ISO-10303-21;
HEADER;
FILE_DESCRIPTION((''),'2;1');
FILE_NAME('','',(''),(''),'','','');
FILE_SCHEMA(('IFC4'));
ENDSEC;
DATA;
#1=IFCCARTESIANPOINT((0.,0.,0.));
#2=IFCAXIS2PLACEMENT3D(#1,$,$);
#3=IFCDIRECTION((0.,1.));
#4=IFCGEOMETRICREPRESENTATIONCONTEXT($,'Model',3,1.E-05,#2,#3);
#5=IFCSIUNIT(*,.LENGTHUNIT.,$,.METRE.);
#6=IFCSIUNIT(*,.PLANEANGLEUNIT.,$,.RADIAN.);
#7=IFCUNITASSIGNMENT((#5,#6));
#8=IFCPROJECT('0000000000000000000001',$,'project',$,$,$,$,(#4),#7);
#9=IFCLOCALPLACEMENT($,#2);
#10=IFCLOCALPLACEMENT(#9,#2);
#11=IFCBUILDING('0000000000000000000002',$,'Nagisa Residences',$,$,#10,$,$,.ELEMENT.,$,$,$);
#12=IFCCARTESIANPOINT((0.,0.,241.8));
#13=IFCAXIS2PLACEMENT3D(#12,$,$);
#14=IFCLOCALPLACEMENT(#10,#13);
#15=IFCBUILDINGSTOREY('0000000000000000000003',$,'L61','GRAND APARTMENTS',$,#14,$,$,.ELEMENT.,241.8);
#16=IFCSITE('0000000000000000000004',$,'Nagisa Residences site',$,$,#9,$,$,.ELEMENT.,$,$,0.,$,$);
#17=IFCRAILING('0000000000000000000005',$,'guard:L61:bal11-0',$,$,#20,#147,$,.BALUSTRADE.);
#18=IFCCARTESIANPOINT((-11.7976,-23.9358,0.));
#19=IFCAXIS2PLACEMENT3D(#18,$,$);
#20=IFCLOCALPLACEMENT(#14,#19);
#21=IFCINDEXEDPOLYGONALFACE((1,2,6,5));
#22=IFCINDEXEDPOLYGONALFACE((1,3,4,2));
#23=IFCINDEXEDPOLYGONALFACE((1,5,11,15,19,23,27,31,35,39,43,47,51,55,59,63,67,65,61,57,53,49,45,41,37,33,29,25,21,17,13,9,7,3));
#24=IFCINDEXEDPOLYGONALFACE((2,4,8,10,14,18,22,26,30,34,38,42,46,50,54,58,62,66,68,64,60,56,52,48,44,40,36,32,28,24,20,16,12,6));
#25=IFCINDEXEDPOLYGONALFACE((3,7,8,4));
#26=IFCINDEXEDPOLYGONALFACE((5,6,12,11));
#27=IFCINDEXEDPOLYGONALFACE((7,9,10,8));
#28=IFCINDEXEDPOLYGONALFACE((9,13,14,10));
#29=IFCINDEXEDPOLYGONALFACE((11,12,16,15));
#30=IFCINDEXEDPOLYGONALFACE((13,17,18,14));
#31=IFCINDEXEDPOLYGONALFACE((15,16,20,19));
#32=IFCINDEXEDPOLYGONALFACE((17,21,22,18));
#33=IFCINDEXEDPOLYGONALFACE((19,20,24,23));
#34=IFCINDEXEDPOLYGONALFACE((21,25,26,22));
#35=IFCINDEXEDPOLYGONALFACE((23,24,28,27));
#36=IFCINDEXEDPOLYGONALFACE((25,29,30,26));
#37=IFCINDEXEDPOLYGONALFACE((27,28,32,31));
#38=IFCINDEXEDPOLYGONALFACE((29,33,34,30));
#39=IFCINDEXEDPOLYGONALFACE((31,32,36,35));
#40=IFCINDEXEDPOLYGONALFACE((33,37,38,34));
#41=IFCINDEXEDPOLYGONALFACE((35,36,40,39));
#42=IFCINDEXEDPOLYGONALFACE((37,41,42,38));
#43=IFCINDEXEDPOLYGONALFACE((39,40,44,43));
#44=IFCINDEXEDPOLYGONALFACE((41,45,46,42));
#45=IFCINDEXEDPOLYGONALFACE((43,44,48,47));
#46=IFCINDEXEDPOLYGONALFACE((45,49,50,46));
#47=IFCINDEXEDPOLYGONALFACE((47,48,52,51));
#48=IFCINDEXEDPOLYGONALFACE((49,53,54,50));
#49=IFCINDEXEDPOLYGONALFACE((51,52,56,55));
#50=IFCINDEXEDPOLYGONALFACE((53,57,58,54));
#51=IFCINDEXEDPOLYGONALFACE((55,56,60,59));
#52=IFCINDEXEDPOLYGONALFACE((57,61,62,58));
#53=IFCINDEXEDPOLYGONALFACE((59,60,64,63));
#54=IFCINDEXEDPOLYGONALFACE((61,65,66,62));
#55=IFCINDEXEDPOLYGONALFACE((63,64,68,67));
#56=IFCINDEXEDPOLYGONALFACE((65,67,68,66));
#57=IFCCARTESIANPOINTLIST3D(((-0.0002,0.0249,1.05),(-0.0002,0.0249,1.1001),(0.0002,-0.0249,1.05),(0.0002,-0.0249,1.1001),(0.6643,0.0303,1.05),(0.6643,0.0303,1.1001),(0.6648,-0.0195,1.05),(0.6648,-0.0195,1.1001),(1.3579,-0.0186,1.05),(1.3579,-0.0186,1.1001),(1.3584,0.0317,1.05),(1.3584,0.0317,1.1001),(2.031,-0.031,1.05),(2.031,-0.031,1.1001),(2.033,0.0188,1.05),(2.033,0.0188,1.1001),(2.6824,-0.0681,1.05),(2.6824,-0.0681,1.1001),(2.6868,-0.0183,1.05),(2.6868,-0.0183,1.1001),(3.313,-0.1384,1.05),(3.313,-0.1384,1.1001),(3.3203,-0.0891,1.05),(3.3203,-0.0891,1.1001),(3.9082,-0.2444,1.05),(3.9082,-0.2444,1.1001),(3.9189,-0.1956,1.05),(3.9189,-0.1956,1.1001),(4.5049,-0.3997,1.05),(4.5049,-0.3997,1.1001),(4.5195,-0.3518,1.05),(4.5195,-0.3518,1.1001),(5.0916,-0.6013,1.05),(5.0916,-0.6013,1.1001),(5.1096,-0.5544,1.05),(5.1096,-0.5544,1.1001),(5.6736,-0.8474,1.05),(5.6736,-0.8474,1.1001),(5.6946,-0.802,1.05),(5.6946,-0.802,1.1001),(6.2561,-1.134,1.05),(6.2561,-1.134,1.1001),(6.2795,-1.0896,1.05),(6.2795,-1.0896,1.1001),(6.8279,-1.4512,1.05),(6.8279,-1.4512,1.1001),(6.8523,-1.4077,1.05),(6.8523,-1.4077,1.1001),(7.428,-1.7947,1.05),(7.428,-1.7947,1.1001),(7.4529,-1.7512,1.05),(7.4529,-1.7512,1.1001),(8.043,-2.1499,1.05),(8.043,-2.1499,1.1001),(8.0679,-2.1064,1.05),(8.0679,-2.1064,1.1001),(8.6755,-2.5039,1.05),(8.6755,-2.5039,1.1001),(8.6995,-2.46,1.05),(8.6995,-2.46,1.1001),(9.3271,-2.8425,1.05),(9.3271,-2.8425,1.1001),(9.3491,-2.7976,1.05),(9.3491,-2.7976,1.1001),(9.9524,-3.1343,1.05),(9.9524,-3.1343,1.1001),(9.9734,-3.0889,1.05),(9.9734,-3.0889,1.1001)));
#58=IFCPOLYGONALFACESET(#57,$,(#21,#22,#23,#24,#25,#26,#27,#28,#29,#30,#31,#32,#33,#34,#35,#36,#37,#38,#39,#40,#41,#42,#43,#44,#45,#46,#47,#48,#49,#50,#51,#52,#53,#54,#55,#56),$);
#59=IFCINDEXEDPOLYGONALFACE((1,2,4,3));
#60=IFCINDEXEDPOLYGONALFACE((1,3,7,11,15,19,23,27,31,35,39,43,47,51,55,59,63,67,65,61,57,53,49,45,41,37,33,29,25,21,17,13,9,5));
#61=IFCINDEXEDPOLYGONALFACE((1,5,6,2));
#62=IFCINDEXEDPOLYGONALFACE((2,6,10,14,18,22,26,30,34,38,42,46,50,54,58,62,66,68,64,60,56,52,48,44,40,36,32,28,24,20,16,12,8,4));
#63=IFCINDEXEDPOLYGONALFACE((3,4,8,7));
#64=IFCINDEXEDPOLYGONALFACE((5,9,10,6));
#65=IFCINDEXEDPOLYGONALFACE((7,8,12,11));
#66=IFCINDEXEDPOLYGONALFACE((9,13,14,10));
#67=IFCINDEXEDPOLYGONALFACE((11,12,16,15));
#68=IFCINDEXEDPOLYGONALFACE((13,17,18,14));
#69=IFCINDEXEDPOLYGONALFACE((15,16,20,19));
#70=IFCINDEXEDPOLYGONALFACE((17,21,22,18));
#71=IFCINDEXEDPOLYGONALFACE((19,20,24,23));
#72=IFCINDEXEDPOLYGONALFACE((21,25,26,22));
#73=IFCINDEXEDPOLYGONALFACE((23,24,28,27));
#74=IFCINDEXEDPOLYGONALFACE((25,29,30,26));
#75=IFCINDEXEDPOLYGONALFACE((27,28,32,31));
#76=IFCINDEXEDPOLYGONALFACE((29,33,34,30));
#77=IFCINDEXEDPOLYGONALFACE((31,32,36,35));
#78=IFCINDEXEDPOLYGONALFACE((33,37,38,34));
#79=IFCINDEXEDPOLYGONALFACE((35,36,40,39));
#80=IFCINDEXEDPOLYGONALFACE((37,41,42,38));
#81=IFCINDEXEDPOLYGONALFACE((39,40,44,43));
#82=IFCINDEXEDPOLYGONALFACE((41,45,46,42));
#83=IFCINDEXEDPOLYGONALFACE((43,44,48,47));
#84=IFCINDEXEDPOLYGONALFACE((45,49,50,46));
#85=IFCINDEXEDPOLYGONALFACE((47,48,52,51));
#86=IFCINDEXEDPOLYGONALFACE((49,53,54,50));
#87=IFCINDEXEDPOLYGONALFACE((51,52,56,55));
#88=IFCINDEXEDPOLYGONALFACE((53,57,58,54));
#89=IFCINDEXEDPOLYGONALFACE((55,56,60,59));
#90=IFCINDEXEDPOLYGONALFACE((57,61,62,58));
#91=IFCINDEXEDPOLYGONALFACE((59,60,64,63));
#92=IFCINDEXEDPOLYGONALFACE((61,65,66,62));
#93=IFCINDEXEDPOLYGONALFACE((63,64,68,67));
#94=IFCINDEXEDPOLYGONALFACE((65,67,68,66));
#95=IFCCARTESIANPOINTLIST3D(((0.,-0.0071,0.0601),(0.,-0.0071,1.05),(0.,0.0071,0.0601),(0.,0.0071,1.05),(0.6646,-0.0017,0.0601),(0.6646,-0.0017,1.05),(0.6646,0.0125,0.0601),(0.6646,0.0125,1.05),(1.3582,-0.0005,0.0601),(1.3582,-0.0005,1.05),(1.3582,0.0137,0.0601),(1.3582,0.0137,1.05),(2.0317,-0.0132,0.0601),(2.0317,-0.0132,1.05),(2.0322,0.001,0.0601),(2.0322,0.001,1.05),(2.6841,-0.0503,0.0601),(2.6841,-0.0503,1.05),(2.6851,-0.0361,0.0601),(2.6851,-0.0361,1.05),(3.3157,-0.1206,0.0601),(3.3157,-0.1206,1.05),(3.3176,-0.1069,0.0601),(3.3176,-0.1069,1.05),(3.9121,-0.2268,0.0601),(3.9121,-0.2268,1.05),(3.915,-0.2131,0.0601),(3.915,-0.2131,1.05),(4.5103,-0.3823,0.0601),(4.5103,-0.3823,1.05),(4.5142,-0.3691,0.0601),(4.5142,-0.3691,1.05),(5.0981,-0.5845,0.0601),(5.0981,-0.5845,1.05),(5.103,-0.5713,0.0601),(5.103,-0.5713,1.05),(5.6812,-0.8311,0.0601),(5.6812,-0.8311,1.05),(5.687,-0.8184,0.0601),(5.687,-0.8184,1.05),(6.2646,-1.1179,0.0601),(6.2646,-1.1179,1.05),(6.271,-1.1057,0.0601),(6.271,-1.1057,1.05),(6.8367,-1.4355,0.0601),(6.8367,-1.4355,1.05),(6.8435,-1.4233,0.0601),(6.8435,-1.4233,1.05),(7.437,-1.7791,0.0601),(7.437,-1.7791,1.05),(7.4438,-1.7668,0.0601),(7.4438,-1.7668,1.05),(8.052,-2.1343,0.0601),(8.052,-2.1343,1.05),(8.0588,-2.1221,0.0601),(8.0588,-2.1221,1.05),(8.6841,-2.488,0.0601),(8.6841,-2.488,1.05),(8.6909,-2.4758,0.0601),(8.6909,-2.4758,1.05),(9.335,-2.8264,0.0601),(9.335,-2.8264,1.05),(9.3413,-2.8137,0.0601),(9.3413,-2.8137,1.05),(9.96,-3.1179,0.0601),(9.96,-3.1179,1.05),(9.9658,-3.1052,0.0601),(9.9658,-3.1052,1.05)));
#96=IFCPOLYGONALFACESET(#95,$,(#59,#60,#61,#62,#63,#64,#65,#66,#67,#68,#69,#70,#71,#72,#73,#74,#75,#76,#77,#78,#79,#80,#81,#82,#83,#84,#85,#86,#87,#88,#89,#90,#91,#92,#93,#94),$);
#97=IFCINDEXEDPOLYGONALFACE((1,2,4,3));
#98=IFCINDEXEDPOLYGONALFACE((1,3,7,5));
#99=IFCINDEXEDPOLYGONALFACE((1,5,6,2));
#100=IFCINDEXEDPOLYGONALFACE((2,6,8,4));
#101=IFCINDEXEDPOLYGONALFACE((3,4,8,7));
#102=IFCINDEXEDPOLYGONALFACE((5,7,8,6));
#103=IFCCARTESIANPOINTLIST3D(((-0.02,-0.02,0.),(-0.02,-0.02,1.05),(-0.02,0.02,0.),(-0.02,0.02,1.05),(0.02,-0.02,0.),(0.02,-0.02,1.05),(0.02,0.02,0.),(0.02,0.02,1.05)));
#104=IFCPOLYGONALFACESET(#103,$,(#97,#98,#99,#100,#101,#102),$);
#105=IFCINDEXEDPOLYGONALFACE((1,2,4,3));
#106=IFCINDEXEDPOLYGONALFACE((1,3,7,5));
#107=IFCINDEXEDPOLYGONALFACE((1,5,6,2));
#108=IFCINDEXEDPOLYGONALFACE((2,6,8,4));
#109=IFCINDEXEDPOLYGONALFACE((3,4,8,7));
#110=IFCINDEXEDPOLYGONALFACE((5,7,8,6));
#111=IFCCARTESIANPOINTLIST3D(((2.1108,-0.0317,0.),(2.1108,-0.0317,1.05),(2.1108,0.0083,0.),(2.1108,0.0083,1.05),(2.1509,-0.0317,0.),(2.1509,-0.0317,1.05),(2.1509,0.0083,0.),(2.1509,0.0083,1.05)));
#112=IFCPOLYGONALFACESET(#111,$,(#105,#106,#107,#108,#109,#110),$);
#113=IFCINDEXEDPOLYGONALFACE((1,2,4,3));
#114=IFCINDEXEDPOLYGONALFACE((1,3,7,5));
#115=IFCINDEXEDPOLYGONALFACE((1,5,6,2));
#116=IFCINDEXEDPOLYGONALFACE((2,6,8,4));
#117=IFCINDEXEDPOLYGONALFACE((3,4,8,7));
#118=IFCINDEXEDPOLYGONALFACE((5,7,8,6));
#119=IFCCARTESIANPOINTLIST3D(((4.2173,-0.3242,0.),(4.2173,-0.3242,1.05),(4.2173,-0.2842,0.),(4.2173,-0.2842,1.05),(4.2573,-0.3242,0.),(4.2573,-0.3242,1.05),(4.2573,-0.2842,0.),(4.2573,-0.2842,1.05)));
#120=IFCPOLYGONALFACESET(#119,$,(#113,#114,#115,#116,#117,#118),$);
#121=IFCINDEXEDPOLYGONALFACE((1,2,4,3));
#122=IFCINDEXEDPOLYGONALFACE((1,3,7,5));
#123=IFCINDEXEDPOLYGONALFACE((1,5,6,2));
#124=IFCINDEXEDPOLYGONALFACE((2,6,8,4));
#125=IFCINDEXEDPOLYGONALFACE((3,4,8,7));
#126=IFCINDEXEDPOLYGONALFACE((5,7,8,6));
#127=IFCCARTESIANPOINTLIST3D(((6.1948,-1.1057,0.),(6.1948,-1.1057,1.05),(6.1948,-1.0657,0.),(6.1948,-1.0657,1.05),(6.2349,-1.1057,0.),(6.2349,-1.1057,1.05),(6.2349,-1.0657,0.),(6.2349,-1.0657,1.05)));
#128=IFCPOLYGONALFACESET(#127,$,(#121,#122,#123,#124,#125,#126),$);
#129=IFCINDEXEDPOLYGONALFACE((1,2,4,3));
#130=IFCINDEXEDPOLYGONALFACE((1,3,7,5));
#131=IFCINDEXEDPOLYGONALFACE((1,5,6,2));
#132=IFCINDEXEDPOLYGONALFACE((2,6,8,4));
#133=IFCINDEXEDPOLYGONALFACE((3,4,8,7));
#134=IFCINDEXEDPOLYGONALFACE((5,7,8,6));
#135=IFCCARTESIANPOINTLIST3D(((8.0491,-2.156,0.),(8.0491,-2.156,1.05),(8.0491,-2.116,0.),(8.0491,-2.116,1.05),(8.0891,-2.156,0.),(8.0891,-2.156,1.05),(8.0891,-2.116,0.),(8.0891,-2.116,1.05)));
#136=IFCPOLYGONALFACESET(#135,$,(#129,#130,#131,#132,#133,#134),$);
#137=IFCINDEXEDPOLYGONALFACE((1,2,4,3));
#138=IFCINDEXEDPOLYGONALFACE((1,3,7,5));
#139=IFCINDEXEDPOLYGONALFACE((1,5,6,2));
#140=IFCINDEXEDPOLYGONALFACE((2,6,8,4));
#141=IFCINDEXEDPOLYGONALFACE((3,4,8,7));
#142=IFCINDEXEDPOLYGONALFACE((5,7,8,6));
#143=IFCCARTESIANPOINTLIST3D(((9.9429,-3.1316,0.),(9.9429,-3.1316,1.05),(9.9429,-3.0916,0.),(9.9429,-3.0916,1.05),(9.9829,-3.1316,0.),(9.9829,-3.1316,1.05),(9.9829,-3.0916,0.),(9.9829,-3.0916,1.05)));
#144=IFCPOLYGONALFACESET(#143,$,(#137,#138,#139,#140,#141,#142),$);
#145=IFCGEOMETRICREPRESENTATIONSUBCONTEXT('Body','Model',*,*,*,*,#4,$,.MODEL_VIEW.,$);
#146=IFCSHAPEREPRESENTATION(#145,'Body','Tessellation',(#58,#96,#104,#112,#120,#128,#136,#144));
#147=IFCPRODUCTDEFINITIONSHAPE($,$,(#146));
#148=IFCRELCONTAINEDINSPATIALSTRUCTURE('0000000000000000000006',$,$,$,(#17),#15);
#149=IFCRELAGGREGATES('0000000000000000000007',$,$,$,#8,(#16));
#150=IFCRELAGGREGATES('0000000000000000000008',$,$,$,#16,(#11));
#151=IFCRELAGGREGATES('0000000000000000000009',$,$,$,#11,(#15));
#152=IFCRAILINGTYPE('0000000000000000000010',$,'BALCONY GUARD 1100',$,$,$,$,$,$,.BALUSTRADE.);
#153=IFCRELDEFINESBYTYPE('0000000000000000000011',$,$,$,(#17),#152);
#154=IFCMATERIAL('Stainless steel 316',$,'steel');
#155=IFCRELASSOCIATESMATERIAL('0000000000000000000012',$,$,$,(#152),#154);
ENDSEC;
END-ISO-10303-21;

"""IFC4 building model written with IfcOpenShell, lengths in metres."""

from ifc_helpers import new_model, si_unit, direction, frame, origin, origin_2d, place, context, subcontext, project, spatial, polyline, rectangle, outline, extrude, material, type_object, element, save


model = new_model("IFC4")

# Units and contexts
model_context = context("Model", 3, precision=1e-05, world=origin(), true_north=direction((0.0, 1.0)))
body_context = subcontext(model_context, "Body", "Model", "MODEL_VIEW")
ifc_project = project(units=[si_unit("LENGTHUNIT", "METRE"), si_unit("PLANEANGLEUNIT", "RADIAN")], contexts=[model_context])

# Site, building, storey
site_placement = place(None, origin())
site = spatial("IfcSite", under=ifc_project, at=site_placement, Name="Nagisa Residences site", CompositionType="ELEMENT", RefElevation=0.0)
building_placement = place(site_placement, origin())
building = spatial("IfcBuilding", under=site, at=building_placement, Name="Nagisa Residences", CompositionType="ELEMENT")
storey_placement = place(building_placement, frame((0.0, 0.0, 241.8)))
storey = spatial("IfcBuildingStorey", under=building, at=storey_placement, Name="L61", Description="GRAND APARTMENTS", CompositionType="ELEMENT", Elevation=241.8)

# Railing
ifc_material_1 = material(Name="Stainless steel 316", Category="steel")
railing_type = type_object("IfcRailingType", Name="BALCONY GUARD 1100", PredefinedType="BALUSTRADE", material=ifc_material_1)
railing_1_placement = place(storey_placement, frame((-11.7976, -23.9358, 0.0)))
element("IfcRailing", 1, at=railing_1_placement, inside=storey, type_object=railing_type, Name="guard:L61:bal11-0", PredefinedType="BALUSTRADE", context=body_context, shape_type="SweptSolid", body=[
    extrude(outline(polyline([(0.6643, 0.0303), (-0.0002, 0.0249), (0.0002, -0.0249), (0.6648, -0.0195), (1.3579, -0.0186), (2.031, -0.031), (2.6824, -0.0681), (3.313, -0.1384), (3.9082, -0.2444), (4.5049, -0.3997), (5.0916, -0.6013), (5.6736, -0.8474), (6.2561, -1.134), (6.8279, -1.4512), (7.428, -1.7947), (8.043, -2.1499), (8.6755, -2.5039), (9.3271, -2.8425), (9.9524, -3.1343), (9.9734, -3.0889), (9.3491, -2.7976), (8.6995, -2.46), (8.0679, -2.1064), (7.4529, -1.7512), (6.8523, -1.4077), (6.2795, -1.0896), (5.6946, -0.802), (5.1096, -0.5544), (4.5195, -0.3518), (3.9189, -0.1956), (3.3203, -0.0891), (2.6868, -0.0183), (2.033, 0.0188), (1.3584, 0.0317), (0.6643, 0.0303)])), frame((0.0, 0.0, 1.05)), (0.0, 0.0, 1.0), 0.05),
    extrude(outline(polyline([(0.6646, 0.0125), (0.0, 0.0071), (0.0, -0.0071), (0.6646, -0.0017), (1.3582, -0.0005), (2.0317, -0.0132), (2.6841, -0.0503), (3.3157, -0.1206), (3.9121, -0.2268), (4.5103, -0.3823), (5.0981, -0.5845), (5.6812, -0.8311), (6.2646, -1.1179), (6.8367, -1.4355), (7.437, -1.7791), (8.052, -2.1343), (8.6841, -2.488), (9.335, -2.8264), (9.96, -3.1179), (9.9658, -3.1052), (9.3413, -2.8137), (8.6909, -2.4758), (8.0588, -2.1221), (7.4438, -1.7668), (6.8435, -1.4233), (6.271, -1.1057), (5.687, -0.8184), (5.103, -0.5713), (4.5142, -0.3691), (3.915, -0.2131), (3.3176, -0.1069), (2.6851, -0.0361), (2.0322, 0.001), (1.3582, 0.0137), (0.6646, 0.0125)])), frame((0.0, 0.0, 0.0601)), (0.0, 0.0, 1.0), 0.99),
    extrude(rectangle(XDim=0.04, YDim=0.04, at=origin_2d()), origin(), (0.0, 0.0, 1.0), 1.05),
    extrude(rectangle(XDim=0.04, YDim=0.04, at=origin_2d()), frame((2.1309, -0.0117, 0.0)), (0.0, 0.0, 1.0), 1.05),
    extrude(rectangle(XDim=0.04, YDim=0.04, at=origin_2d()), frame((4.2373, -0.3042, 0.0)), (0.0, 0.0, 1.0), 1.05),
    extrude(rectangle(XDim=0.04, YDim=0.04, at=origin_2d()), frame((6.2148, -1.0857, 0.0)), (0.0, 0.0, 1.0), 1.05),
    extrude(rectangle(XDim=0.04, YDim=0.04, at=origin_2d()), frame((8.0691, -2.136, 0.0)), (0.0, 0.0, 1.0), 1.05),
    extrude(rectangle(XDim=0.04, YDim=0.04, at=origin_2d()), frame((9.9629, -3.1116, 0.0)), (0.0, 0.0, 1.0), 1.05),
])

save(model, "model.ifc")
